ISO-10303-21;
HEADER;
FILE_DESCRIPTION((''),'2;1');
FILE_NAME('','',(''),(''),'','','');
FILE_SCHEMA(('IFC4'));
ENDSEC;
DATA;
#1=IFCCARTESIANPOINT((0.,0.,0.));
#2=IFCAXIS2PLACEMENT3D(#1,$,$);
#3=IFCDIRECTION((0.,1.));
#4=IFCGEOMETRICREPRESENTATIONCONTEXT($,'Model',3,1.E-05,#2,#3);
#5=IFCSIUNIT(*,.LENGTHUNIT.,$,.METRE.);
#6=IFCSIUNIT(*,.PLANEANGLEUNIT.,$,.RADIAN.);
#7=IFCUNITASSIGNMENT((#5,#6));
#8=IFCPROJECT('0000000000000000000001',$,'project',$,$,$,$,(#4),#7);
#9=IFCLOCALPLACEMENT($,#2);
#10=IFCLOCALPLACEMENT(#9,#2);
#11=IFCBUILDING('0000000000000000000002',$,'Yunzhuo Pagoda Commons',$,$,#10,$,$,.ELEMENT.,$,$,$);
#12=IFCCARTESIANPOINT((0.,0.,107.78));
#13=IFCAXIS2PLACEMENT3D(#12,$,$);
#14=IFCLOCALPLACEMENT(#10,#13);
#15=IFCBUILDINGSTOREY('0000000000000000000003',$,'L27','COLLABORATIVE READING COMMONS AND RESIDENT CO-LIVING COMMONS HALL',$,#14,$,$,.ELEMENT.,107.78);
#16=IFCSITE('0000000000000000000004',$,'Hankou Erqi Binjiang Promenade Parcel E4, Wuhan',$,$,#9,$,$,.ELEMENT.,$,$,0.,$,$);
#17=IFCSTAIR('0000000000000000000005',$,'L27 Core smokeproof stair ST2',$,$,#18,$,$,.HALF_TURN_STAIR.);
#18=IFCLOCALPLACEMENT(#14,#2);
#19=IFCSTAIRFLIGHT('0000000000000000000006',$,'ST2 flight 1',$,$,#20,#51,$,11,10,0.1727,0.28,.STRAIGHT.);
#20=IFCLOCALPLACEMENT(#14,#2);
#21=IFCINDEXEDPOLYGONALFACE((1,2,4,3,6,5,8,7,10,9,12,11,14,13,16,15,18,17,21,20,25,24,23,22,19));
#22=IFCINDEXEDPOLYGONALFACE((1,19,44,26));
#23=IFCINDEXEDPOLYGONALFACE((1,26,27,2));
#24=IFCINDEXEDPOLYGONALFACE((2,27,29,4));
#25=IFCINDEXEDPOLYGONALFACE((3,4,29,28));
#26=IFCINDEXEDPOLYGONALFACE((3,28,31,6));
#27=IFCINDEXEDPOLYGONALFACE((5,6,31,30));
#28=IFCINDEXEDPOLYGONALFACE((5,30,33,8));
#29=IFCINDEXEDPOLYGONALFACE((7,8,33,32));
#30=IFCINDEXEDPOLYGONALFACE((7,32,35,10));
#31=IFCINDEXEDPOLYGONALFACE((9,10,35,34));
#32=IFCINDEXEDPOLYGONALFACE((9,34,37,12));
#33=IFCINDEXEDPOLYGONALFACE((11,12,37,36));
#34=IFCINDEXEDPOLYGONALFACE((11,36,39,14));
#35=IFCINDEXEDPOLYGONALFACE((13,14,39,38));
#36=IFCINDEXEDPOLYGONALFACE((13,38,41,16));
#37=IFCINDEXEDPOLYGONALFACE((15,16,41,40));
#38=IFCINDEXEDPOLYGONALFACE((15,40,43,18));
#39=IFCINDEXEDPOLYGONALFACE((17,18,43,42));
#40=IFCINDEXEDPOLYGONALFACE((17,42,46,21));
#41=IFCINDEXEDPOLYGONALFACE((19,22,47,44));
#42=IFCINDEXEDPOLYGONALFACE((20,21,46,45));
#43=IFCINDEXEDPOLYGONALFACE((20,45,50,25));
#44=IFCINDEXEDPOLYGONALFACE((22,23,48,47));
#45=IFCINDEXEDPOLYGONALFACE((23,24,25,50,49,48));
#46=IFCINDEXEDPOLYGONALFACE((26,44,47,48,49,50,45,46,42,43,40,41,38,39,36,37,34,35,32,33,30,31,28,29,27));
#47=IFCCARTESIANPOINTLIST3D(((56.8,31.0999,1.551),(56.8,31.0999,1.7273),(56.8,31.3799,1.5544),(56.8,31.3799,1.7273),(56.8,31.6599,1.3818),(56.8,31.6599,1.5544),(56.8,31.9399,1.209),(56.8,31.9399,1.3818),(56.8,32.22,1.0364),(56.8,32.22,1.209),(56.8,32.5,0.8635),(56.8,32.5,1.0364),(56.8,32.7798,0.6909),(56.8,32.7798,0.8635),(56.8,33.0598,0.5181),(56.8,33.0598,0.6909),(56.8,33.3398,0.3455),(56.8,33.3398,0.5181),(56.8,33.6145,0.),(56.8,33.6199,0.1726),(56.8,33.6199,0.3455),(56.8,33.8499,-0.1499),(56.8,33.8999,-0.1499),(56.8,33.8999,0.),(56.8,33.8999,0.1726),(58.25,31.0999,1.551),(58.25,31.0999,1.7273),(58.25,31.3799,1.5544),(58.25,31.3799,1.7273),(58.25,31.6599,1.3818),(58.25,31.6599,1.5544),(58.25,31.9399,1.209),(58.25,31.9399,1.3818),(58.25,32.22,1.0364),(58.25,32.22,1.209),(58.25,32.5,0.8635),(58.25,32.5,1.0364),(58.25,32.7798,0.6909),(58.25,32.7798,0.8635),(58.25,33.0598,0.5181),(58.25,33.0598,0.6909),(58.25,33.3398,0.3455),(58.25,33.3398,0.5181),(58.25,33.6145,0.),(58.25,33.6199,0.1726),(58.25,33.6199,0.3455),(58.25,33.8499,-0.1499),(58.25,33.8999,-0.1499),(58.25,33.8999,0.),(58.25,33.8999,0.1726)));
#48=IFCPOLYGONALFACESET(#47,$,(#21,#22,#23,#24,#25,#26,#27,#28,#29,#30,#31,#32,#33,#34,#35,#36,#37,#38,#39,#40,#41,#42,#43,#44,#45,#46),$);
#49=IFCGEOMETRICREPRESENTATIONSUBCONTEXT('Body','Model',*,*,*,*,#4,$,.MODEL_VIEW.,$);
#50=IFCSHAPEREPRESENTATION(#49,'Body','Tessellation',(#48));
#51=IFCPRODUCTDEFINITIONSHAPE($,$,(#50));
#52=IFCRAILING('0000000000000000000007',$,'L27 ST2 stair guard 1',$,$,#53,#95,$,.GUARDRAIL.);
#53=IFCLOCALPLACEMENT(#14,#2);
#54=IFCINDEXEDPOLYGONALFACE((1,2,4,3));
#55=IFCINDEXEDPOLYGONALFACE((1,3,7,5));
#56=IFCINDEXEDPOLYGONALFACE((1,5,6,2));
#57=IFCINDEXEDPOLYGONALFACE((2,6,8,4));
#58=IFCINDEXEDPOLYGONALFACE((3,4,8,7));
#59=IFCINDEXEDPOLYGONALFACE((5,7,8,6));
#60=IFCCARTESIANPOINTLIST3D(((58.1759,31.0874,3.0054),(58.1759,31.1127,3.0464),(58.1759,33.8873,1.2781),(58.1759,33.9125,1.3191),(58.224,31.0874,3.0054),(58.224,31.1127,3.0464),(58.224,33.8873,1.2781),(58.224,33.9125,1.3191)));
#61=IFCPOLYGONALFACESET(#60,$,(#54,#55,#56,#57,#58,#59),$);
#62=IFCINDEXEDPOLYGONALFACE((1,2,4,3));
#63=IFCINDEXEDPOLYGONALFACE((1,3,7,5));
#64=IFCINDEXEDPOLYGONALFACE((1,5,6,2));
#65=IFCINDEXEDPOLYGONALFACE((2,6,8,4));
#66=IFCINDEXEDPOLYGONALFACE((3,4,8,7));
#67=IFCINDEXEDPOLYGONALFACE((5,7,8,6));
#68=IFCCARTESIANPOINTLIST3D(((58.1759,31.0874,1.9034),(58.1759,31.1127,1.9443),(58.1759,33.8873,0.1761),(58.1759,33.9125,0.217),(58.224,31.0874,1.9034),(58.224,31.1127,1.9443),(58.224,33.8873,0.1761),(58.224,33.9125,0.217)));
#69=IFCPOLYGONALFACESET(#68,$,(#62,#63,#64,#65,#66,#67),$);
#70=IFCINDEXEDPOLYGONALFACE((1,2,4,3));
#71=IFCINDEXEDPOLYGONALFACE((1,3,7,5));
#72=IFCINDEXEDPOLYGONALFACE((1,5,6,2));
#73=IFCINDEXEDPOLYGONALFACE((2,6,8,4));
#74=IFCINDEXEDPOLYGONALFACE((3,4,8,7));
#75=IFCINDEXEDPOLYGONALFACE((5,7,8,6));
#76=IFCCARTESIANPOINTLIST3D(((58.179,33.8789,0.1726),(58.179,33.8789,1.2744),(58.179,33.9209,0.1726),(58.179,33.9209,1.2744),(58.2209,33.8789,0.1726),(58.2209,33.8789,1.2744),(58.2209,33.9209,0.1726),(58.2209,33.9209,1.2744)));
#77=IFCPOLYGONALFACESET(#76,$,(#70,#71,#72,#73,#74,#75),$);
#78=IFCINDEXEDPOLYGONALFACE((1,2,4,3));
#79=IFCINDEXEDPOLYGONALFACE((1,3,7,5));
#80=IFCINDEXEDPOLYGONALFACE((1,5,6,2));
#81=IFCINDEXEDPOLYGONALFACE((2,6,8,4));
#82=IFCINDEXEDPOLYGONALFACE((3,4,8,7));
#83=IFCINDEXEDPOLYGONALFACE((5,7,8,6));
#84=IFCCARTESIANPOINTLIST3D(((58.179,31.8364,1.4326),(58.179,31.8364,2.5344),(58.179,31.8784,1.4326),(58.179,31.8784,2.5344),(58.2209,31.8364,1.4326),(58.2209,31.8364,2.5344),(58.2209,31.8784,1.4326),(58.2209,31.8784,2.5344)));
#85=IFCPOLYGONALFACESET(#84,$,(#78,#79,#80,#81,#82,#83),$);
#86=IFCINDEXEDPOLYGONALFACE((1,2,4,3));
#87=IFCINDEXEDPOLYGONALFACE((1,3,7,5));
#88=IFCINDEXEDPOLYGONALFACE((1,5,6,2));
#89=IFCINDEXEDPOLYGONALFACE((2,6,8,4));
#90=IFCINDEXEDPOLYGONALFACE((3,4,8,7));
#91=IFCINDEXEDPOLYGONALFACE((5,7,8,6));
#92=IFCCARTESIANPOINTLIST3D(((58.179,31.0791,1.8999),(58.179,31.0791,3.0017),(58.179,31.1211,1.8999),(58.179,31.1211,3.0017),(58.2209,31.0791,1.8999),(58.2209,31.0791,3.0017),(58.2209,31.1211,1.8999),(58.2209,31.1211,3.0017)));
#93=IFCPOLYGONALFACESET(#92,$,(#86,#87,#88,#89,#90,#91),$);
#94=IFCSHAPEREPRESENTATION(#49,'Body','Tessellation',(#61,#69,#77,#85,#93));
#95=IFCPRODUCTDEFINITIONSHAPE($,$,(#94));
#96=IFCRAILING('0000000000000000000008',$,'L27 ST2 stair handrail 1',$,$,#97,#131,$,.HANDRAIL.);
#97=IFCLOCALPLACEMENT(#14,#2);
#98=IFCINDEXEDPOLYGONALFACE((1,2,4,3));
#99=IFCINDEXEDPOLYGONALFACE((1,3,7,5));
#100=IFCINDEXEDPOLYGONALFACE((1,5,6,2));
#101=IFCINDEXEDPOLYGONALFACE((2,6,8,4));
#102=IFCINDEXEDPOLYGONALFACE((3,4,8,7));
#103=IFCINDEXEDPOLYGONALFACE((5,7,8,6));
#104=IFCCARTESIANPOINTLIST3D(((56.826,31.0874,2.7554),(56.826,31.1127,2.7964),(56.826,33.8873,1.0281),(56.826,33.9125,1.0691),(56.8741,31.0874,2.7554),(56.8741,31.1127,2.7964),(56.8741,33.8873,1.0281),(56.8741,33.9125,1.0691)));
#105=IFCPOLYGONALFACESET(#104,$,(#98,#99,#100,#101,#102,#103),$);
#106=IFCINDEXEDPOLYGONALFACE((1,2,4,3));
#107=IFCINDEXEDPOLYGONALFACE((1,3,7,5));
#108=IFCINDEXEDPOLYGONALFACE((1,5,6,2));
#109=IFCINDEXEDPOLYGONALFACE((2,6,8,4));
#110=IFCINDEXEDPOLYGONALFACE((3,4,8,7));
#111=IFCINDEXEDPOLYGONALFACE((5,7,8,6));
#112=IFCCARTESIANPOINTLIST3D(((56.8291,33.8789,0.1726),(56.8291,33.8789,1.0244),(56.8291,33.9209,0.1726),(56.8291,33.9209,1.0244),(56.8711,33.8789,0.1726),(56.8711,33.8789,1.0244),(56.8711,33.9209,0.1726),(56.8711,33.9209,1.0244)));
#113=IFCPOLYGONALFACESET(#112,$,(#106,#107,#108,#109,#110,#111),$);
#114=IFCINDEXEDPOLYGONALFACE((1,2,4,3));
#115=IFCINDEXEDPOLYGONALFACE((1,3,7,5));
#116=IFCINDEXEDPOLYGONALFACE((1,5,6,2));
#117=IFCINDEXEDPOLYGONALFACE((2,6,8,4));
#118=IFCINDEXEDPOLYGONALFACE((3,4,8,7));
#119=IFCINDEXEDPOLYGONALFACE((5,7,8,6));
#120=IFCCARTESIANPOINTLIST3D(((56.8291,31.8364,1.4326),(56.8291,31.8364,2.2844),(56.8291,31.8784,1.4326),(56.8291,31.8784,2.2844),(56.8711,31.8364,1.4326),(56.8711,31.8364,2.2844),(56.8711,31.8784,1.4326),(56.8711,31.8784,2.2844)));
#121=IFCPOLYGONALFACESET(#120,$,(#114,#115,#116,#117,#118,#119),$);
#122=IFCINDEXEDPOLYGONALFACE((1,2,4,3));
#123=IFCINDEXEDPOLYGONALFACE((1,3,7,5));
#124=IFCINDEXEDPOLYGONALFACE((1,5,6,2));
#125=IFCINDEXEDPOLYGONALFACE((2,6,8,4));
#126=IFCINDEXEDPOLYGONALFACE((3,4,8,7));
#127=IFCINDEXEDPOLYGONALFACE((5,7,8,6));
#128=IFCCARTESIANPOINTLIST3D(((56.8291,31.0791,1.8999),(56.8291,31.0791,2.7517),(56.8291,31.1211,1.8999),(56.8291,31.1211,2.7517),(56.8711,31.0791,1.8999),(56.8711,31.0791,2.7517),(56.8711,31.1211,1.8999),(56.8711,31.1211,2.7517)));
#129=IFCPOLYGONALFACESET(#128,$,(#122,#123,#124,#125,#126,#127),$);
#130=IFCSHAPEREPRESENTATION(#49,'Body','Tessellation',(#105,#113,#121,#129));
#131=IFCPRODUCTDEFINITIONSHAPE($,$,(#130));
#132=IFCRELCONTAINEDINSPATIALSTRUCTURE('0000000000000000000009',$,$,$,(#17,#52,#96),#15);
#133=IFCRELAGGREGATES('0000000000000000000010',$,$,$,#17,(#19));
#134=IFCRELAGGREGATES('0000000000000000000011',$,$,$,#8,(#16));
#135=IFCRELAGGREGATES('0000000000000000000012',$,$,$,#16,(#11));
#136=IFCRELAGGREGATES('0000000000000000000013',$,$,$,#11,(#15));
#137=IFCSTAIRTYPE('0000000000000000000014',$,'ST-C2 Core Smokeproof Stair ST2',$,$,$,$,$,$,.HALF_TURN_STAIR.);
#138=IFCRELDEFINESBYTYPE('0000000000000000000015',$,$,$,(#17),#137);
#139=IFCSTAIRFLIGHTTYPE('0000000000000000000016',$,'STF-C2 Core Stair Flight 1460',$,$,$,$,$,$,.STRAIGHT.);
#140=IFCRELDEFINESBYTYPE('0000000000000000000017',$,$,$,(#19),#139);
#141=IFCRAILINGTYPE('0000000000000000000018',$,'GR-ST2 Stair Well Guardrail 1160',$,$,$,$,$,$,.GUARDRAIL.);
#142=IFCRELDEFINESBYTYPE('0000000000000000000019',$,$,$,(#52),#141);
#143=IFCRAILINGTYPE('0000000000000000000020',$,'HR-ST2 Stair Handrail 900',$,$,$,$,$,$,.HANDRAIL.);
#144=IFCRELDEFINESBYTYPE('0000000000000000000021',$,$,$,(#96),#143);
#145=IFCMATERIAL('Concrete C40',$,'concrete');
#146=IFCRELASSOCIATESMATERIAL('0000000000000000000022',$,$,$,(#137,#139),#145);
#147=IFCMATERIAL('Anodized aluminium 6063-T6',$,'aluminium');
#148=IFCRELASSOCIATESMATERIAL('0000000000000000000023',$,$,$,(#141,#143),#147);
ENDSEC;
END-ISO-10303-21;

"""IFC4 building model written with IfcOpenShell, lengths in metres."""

from ifc_helpers import new_model, si_unit, direction, frame, origin, origin_2d, place, context, subcontext, project, spatial, polyline, rectangle, outline, extrude, source, transform, mapped, material, type_object, element, aggregate, save


model = new_model("IFC4")

# Units and contexts
model_context = context("Model", 3, precision=1e-05, world=origin(), true_north=direction((0.0, 1.0)))
body_context = subcontext(model_context, "Body", "Model", "MODEL_VIEW")
ifc_project = project(units=[si_unit("LENGTHUNIT", "METRE"), si_unit("PLANEANGLEUNIT", "RADIAN")], contexts=[model_context])

# Site, building, storey
site_placement = place(None, origin())
site = spatial("IfcSite", under=ifc_project, at=site_placement, Name="Hankou Erqi Binjiang Promenade Parcel E4, Wuhan", CompositionType="ELEMENT", RefElevation=0.0)
building_placement = place(site_placement, origin())
building = spatial("IfcBuilding", under=site, at=building_placement, Name="Yunzhuo Pagoda Commons", CompositionType="ELEMENT")
storey_placement = place(building_placement, frame((0.0, 0.0, 107.78)))
storey = spatial("IfcBuildingStorey", under=building, at=storey_placement, Name="L27", Description="COLLABORATIVE READING COMMONS AND RESIDENT CO-LIVING COMMONS HALL", CompositionType="ELEMENT", Elevation=107.78)

# Shared definitions
ifc_material_1 = material(Name="Concrete C40", Category="concrete")

# Stair, stair flight
stair_type = type_object("IfcStairType", Name="ST-C2 Core Smokeproof Stair ST2", PredefinedType="HALF_TURN_STAIR", material=ifc_material_1)
stair_placement = place(storey_placement, origin())
stair = element("IfcStair", 1, at=stair_placement, inside=storey, type_object=stair_type, Name="L27 Core smokeproof stair ST2", PredefinedType="HALF_TURN_STAIR")
stair_flight_type = type_object("IfcStairFlightType", Name="STF-C2 Core Stair Flight 1460", PredefinedType="STRAIGHT", material=ifc_material_1)
shared_shape_1 = source(origin(), body_context, "Body", "SweptSolid", [
    extrude(outline(polyline([(0.0, -0.1499), (0.0, 0.0), (0.0, 0.1726), (0.28, 0.1726), (0.28, 0.3455), (0.5601, 0.3455), (0.5601, 0.5181), (0.8401, 0.5181), (0.8401, 0.6909), (1.1201, 0.6909), (1.1201, 0.8635), (1.3999, 0.8635), (1.3999, 1.0364), (1.6799, 1.0364), (1.6799, 1.209), (1.96, 1.209), (1.96, 1.3818), (2.24, 1.3818), (2.24, 1.5544), (2.52, 1.5544), (2.52, 1.7273), (2.8, 1.7273), (2.8, 1.8999), (2.8, 1.551), (0.2854, 0.0), (0.05, -0.1499), (0.0, -0.1499)])), frame((0.0, 0.7251, 0.0), z_axis=(0.0, -1.0, 0.0), x_axis=(1.0, 0.0, 0.0)), (0.0, 0.0, 1.0), 1.45),
])
stair_flight_placement = place(storey_placement, frame((57.5249, 33.8999, 0.0), z_axis=(0.0, 0.0, 1.0), x_axis=(0.0, -1.0, 0.0)))
stair_flight = element("IfcStairFlight", 2, at=stair_flight_placement, type_object=stair_flight_type, Name="ST2 flight 1", NumberOfRisers=11, NumberOfTreads=10, PredefinedType="STRAIGHT", RiserHeight=0.1727, TreadLength=0.28, context=body_context, shape_type="MappedRepresentation", body=[
    mapped(shared_shape_1, transform((0.0, 0.0, 0.0), scale=1.0)),
])
aggregate(stair, [stair_flight])

# Railings
ifc_material_2 = material(Name="Anodized aluminium 6063-T6", Category="aluminium")
railing_type_1 = type_object("IfcRailingType", Name="GR-ST2 Stair Well Guardrail 1160", PredefinedType="GUARDRAIL", material=ifc_material_2)
railing_1_placement = place(storey_placement, frame((58.2, 33.8999, 0.1726)))
element("IfcRailing", 3, at=railing_1_placement, inside=storey, type_object=railing_type_1, Name="L27 ST2 stair guard 1", PredefinedType="GUARDRAIL", context=body_context, shape_type="SweptSolid", body=[
    extrude(rectangle(XDim=0.0481, YDim=0.0481, at=origin_2d()), frame((0.0, 0.0, 1.126), z_axis=(0.0, -0.851069, 0.525054), x_axis=(1.0, 0.0, 0.0)), (0.0, 0.0, 1.0), 3.2898),
    extrude(rectangle(XDim=0.0481, YDim=0.0481, at=origin_2d()), frame((0.0, 0.0, 0.0239), z_axis=(0.0, -0.851069, 0.525054), x_axis=(1.0, 0.0, 0.0)), (0.0, 0.0, 1.0), 3.2898),
    extrude(rectangle(XDim=0.042, YDim=0.042, at=origin_2d()), origin(), (0.0, 0.0, 1.0), 1.1018),
    extrude(rectangle(XDim=0.042, YDim=0.042, at=origin_2d()), frame((0.0, -2.0425, 1.26)), (0.0, 0.0, 1.0), 1.1018),
    extrude(rectangle(XDim=0.042, YDim=0.042, at=origin_2d()), frame((0.0, -2.7998, 1.7273)), (0.0, 0.0, 1.0), 1.1018),
])
railing_type_2 = type_object("IfcRailingType", Name="HR-ST2 Stair Handrail 900", PredefinedType="HANDRAIL", material=ifc_material_2)
railing_2_placement = place(storey_placement, frame((56.8501, 33.8999, 0.1726)))
element("IfcRailing", 4, at=railing_2_placement, inside=storey, type_object=railing_type_2, Name="L27 ST2 stair handrail 1", PredefinedType="HANDRAIL", context=body_context, shape_type="SweptSolid", body=[
    extrude(rectangle(XDim=0.0481, YDim=0.0481, at=origin_2d()), frame((0.0, 0.0, 0.876), z_axis=(0.0, -0.851069, 0.525054), x_axis=(1.0, 0.0, 0.0)), (0.0, 0.0, 1.0), 3.2898),
    extrude(rectangle(XDim=0.042, YDim=0.042, at=origin_2d()), origin(), (0.0, 0.0, 1.0), 0.8518),
    extrude(rectangle(XDim=0.042, YDim=0.042, at=origin_2d()), frame((0.0, -2.0425, 1.26)), (0.0, 0.0, 1.0), 0.8518),
    extrude(rectangle(XDim=0.042, YDim=0.042, at=origin_2d()), frame((0.0, -2.7998, 1.7273)), (0.0, 0.0, 1.0), 0.8518),
])

save(model, "model.ifc")
